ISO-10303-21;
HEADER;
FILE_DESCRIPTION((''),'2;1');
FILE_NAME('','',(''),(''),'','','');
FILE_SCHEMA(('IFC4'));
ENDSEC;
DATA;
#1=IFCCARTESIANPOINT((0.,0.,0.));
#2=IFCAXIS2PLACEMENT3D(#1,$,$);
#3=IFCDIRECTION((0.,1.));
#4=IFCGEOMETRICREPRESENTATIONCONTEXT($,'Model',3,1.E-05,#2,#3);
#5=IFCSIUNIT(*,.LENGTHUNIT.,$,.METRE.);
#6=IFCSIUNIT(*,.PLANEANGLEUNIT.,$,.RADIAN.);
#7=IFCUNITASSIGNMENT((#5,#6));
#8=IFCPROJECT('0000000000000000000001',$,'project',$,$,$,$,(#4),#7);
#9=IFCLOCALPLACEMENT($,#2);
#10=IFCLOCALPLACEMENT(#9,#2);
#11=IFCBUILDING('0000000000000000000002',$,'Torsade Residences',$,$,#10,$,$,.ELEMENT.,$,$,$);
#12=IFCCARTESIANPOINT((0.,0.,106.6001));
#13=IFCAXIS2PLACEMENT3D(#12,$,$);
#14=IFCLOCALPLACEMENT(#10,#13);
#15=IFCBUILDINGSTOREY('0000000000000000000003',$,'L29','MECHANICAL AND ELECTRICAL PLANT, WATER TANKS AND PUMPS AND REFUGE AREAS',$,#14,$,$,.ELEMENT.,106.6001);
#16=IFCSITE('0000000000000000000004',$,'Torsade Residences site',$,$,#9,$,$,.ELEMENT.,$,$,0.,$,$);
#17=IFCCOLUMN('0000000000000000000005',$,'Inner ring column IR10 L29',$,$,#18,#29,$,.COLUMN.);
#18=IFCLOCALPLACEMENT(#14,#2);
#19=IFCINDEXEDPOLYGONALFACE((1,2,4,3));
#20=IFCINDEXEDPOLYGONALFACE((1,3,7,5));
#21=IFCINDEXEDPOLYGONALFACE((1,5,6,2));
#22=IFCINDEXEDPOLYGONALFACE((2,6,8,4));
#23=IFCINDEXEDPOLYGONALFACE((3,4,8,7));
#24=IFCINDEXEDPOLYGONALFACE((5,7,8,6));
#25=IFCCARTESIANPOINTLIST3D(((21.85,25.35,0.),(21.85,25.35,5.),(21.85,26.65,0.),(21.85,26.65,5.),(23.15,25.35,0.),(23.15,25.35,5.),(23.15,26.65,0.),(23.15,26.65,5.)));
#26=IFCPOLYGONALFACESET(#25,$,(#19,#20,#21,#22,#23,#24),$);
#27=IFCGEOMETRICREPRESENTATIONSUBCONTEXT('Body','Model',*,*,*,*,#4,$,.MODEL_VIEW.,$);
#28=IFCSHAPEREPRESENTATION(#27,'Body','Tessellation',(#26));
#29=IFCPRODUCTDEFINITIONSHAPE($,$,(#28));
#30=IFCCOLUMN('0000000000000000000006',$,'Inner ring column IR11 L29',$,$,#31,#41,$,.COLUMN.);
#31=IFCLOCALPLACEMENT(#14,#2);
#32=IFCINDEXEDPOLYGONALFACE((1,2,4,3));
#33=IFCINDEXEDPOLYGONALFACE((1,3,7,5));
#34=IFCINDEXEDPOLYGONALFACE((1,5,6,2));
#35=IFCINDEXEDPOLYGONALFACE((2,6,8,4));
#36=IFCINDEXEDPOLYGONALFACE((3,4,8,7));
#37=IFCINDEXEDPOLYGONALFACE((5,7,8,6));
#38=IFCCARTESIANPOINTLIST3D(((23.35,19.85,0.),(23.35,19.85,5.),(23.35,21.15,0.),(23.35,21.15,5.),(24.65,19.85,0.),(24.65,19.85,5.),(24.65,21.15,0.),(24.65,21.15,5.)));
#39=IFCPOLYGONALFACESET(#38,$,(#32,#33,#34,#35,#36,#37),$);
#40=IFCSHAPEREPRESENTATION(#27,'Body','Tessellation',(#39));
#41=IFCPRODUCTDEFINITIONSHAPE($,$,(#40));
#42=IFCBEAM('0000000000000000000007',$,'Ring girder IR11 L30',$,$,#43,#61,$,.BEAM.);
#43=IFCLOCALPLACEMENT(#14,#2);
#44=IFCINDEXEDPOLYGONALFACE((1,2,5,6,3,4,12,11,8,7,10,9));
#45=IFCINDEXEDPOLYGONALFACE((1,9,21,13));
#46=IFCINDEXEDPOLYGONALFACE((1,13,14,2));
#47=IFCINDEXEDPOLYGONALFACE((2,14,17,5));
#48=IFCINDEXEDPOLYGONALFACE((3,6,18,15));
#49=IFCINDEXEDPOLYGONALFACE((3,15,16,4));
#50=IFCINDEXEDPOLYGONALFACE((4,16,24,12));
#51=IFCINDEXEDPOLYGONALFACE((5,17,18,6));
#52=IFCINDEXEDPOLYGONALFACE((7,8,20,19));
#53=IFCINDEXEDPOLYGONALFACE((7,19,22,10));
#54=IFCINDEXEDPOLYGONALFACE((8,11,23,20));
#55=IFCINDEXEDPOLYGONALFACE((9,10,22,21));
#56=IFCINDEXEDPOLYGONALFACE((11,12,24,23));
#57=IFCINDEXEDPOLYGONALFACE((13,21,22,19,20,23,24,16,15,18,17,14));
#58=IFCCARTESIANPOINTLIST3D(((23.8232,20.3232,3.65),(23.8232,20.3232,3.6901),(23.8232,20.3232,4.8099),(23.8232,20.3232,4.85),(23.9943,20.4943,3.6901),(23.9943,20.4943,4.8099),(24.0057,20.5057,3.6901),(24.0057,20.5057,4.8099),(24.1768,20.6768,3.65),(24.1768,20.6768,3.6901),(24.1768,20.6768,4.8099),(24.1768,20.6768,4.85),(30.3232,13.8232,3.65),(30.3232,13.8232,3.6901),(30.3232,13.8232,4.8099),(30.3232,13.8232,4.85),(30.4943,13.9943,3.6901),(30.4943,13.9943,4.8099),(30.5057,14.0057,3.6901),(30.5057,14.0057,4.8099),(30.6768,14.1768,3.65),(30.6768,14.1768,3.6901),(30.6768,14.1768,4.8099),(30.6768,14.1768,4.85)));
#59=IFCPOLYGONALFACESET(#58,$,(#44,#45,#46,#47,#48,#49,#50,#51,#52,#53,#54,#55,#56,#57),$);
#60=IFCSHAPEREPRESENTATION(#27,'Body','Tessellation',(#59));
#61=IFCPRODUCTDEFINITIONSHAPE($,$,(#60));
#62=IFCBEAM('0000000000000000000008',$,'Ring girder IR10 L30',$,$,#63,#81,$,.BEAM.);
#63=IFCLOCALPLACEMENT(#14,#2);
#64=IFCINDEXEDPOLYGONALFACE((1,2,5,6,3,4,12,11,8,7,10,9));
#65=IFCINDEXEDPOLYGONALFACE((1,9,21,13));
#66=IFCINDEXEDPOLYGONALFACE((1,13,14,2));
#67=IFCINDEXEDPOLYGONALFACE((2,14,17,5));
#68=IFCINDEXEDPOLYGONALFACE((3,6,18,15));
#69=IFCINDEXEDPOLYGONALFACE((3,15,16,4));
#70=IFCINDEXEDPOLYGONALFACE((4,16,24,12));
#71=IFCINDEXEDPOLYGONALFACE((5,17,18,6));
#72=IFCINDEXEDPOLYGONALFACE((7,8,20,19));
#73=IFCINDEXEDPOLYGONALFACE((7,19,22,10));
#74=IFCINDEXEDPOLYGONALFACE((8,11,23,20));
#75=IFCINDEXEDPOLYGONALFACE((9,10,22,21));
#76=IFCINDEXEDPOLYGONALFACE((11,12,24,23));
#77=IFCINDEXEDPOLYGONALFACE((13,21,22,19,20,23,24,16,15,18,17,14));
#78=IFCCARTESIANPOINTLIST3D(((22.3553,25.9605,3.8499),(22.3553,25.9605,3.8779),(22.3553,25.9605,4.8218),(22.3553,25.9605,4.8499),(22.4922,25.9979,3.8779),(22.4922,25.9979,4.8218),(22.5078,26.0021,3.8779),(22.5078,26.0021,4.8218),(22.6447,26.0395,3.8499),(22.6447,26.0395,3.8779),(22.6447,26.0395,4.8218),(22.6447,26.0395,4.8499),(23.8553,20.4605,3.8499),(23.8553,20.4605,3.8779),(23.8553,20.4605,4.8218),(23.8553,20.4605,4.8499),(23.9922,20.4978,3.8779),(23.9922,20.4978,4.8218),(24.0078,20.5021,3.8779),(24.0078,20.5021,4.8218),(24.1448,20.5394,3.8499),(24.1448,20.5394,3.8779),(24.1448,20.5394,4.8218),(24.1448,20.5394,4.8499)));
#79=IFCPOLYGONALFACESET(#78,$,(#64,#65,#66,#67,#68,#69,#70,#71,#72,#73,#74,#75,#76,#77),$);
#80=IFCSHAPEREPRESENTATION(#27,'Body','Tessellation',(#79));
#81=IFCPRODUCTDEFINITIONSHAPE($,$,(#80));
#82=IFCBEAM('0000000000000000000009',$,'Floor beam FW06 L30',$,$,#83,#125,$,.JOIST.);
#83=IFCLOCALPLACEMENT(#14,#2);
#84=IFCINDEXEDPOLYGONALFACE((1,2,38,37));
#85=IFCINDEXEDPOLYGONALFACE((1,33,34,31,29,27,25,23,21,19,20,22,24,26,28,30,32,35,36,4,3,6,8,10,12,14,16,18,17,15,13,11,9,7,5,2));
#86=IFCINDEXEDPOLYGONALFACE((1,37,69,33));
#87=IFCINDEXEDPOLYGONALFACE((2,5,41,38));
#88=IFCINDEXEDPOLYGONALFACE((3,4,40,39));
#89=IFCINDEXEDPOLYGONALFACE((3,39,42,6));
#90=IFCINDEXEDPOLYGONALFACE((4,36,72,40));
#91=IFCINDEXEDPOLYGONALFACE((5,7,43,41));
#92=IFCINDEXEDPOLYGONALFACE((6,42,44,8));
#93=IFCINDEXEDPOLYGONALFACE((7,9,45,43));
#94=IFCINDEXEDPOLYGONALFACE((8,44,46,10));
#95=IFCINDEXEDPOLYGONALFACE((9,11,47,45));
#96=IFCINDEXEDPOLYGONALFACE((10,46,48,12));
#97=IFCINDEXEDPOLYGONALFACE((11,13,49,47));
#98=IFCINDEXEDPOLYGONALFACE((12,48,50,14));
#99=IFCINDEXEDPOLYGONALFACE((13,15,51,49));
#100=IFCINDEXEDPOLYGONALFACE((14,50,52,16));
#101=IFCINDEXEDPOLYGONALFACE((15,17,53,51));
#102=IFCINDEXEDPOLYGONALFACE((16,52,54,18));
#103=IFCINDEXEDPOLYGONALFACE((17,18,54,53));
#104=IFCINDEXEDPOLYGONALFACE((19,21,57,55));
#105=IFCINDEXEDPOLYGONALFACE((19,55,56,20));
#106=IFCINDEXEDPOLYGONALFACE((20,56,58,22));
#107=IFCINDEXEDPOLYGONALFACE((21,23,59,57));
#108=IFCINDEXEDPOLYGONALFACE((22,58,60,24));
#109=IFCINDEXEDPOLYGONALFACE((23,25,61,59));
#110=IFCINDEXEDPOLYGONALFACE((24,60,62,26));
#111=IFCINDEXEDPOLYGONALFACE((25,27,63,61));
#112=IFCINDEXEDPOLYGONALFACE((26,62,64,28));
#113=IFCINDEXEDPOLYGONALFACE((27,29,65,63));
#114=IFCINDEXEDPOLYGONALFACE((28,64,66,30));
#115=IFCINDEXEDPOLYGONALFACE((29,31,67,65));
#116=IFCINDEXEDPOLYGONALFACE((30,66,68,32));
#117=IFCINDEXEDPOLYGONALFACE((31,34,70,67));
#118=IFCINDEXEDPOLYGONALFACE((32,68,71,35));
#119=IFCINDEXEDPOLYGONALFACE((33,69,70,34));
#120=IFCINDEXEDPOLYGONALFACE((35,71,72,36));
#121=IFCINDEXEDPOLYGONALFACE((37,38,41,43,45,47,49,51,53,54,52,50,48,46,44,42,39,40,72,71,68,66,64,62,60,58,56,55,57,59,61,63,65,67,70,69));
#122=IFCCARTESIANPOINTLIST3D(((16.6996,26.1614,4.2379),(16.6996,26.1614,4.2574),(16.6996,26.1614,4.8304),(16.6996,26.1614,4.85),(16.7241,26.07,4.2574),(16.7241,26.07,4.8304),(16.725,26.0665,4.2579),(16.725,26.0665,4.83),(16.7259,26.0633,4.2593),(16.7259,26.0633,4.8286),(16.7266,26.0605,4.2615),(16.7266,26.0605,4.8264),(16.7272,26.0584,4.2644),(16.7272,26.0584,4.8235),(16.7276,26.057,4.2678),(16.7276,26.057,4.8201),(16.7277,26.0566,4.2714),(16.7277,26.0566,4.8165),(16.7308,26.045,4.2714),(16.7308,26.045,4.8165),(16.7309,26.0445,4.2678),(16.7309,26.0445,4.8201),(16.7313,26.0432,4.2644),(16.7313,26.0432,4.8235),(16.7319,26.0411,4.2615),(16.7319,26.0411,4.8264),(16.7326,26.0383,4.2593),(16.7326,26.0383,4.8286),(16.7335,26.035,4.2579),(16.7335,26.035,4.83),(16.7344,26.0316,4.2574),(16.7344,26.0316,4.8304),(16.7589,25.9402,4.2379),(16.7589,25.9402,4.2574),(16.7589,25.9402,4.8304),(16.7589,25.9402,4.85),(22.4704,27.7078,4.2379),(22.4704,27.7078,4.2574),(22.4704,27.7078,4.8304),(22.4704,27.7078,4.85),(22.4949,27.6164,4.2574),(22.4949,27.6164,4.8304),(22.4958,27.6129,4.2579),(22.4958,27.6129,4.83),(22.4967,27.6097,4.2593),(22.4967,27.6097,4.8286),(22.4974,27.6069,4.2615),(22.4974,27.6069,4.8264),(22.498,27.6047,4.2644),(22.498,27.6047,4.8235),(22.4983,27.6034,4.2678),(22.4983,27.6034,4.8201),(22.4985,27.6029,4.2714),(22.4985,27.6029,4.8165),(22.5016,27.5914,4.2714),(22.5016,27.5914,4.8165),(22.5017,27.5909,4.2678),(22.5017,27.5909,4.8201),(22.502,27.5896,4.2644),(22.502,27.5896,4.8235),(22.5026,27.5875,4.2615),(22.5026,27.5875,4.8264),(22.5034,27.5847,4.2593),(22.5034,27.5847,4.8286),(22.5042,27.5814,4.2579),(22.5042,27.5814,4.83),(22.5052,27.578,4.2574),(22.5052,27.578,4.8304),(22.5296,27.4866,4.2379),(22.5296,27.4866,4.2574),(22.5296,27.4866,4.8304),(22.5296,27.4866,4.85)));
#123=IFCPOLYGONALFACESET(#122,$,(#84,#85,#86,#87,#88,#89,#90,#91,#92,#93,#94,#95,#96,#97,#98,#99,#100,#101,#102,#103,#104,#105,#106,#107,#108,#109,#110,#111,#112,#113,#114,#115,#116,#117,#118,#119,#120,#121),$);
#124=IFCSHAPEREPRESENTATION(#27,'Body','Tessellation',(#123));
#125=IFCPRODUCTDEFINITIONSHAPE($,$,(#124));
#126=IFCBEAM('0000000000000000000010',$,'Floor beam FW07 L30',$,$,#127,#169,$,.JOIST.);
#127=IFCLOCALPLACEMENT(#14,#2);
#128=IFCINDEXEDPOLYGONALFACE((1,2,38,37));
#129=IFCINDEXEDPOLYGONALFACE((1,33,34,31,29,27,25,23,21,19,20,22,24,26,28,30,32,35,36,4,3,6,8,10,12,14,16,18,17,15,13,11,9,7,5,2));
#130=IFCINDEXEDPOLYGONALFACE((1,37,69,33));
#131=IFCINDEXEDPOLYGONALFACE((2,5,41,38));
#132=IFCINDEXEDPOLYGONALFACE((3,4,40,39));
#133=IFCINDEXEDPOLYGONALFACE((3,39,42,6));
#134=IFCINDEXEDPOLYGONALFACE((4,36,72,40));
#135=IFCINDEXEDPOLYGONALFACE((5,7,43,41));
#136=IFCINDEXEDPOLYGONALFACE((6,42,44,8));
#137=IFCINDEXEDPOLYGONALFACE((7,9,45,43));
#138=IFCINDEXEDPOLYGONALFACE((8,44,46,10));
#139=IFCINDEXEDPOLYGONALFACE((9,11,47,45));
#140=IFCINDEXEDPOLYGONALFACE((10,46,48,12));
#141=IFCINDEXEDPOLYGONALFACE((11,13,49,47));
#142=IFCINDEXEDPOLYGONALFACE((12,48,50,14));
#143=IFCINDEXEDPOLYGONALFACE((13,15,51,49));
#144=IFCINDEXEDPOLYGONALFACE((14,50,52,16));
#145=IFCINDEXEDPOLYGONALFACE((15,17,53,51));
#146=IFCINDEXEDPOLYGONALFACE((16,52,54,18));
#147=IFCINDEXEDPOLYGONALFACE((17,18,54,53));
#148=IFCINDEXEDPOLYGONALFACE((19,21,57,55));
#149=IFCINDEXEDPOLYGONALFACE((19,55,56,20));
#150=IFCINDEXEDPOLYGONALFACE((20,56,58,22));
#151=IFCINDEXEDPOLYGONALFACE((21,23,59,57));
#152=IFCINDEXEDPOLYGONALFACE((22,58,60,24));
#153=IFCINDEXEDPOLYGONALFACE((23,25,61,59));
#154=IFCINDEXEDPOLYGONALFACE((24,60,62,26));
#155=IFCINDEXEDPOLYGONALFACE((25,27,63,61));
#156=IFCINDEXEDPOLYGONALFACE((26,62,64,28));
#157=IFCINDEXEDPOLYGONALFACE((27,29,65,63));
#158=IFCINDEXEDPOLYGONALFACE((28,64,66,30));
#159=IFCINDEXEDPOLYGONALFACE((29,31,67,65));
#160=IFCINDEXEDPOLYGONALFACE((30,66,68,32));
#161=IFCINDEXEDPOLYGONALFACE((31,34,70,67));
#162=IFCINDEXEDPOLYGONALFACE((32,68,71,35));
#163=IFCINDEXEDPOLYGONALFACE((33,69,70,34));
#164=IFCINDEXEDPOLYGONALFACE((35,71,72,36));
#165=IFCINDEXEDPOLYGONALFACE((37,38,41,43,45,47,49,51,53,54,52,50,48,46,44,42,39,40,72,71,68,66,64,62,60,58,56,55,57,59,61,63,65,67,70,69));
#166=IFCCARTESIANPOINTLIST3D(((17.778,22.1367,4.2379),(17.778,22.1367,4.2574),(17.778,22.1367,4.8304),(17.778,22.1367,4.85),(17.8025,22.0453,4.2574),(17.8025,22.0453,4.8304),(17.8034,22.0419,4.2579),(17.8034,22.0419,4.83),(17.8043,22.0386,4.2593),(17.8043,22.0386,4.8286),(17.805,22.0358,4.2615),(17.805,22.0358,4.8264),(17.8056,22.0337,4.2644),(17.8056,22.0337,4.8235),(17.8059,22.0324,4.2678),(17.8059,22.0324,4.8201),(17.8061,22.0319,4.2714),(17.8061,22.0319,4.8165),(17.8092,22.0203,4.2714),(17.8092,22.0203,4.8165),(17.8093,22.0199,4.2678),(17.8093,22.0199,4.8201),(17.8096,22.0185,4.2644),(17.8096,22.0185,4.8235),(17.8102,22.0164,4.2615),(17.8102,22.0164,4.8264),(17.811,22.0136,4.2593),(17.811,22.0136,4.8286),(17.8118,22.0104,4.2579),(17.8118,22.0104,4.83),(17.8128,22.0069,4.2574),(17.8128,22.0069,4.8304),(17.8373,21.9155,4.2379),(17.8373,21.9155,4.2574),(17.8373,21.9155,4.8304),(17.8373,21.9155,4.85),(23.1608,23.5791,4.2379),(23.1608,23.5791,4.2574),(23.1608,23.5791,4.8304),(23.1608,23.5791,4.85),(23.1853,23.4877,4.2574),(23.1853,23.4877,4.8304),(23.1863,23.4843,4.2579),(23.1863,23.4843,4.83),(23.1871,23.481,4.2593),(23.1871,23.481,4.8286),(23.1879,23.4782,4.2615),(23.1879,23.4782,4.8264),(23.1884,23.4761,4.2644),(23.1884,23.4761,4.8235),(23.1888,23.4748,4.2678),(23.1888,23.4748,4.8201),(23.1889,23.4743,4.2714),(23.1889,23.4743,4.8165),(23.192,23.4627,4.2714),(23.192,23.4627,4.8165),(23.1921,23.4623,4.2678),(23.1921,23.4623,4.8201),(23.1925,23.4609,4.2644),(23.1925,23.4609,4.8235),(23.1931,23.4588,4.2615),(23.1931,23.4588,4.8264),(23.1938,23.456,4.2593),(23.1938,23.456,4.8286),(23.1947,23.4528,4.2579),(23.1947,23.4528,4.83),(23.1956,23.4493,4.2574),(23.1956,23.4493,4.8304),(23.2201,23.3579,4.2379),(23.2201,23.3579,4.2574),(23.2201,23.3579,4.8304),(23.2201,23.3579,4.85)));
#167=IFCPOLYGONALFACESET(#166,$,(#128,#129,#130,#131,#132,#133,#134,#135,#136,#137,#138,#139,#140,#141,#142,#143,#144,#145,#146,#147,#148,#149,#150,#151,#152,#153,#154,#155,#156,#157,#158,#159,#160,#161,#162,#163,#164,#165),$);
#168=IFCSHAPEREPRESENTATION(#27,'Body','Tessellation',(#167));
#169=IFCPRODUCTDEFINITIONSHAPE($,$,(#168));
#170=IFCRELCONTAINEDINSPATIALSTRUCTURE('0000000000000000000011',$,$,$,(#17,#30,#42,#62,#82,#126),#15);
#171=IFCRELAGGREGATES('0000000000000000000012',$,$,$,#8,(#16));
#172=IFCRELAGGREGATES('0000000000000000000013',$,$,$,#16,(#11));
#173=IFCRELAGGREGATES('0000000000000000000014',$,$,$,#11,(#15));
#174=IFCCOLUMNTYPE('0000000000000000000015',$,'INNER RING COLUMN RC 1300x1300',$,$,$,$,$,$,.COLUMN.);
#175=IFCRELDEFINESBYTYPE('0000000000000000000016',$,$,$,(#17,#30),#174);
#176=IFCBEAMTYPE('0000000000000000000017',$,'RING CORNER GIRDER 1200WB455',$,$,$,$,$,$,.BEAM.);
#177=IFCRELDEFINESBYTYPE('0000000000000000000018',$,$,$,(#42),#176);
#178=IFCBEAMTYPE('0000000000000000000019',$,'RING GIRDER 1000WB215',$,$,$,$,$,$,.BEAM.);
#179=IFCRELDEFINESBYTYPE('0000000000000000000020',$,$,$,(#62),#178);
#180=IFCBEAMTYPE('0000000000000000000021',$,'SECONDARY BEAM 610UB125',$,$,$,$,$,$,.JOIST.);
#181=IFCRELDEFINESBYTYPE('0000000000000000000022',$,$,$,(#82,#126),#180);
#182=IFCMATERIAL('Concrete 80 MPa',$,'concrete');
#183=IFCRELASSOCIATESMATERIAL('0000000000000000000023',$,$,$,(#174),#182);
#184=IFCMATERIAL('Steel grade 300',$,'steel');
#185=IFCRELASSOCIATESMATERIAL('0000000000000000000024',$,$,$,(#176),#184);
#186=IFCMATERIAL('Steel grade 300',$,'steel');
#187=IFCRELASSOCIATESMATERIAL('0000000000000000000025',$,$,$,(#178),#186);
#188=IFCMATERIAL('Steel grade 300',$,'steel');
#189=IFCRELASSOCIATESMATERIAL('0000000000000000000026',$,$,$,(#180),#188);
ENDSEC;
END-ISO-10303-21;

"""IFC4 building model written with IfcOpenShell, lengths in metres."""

from ifc_helpers import new_model, si_unit, direction, frame, origin, origin_2d, place, context, subcontext, project, spatial, rectangle, i_section, extrude, material, material_profile, profile_set, type_object, element, save


model = new_model("IFC4")

# Units and contexts
model_context = context("Model", 3, precision=1e-05, world=origin(), true_north=direction((0.0, 1.0)))
body_context = subcontext(model_context, "Body", "Model", "MODEL_VIEW")
ifc_project = project(units=[si_unit("LENGTHUNIT", "METRE"), si_unit("PLANEANGLEUNIT", "RADIAN")], contexts=[model_context])

# Site, building, storey
site_placement = place(None, origin())
site = spatial("IfcSite", under=ifc_project, at=site_placement, Name="Torsade Residences site", CompositionType="ELEMENT", RefElevation=0.0)
building_placement = place(site_placement, origin())
building = spatial("IfcBuilding", under=site, at=building_placement, Name="Torsade Residences", CompositionType="ELEMENT")
storey_placement = place(building_placement, frame((0.0, 0.0, 106.6001)))
storey = spatial("IfcBuildingStorey", under=building, at=storey_placement, Name="L29", Description="MECHANICAL AND ELECTRICAL PLANT, WATER TANKS AND PUMPS AND REFUGE AREAS", CompositionType="ELEMENT", Elevation=106.6001)

# Columns
ifc_material_1 = material(Name="Concrete 80 MPa", Category="concrete")
ifc_material_profile_1 = material_profile(ifc_material_1, rectangle(XDim=1.3, YDim=1.3, at=origin_2d()), Name="RC 1300x1300")
ifc_profile_set_1 = profile_set([ifc_material_profile_1], Name="Concrete 80 MPa")
column_type = type_object("IfcColumnType", Name="INNER RING COLUMN RC 1300x1300", PredefinedType="COLUMN", material=ifc_profile_set_1)
for number, where, z_axis, x_axis, name in (
    (1, (22.5, 26.0, 0.0), (0.0, 0.0, 1.0), (1.0, 0.0, 0.0), "Inner ring column IR10 L29"),
    (2, (24.0, 20.5, 0.0), (0.0, 0.0, 1.0), (1.0, 0.0, 0.0), "Inner ring column IR11 L29"),
):
    element("IfcColumn", number, at=place(storey_placement, frame(where, z_axis=z_axis, x_axis=x_axis)), inside=storey, type_object=column_type, Name=name, PredefinedType="COLUMN", context=body_context, shape_type="SweptSolid", body=[
        extrude(rectangle(XDim=1.3, YDim=1.3, at=origin_2d()), origin(), (0.0, 0.0, 1.0), 5.0),
    ])

# Beams
ifc_material_2 = material(Name="Steel grade 300", Category="steel")
ifc_material_profile_2 = material_profile(ifc_material_2, i_section(OverallWidth=0.5, OverallDepth=1.2, WebThickness=0.0161, FlangeThickness=0.04, at=origin_2d()), Name="1200WB455")
ifc_profile_set_2 = profile_set([ifc_material_profile_2], Name="Steel grade 300")
beam_type_1 = type_object("IfcBeamType", Name="RING CORNER GIRDER 1200WB455", PredefinedType="BEAM", material=ifc_profile_set_2)
beam_1_placement = place(storey_placement, frame((24.0, 20.5, 4.25), z_axis=(0.707107, -0.707107, 0.0), x_axis=(0.707107, 0.707107, 0.0)))
element("IfcBeam", 3, at=beam_1_placement, inside=storey, type_object=beam_type_1, Name="Ring girder IR11 L30", PredefinedType="BEAM", context=body_context, shape_type="SweptSolid", body=[
    extrude(i_section(OverallWidth=0.5, OverallDepth=1.2, WebThickness=0.0161, FlangeThickness=0.04, at=origin_2d()), origin(), (0.0, 0.0, 1.0), 9.1924),
])
ifc_material_3 = material(Name="Steel grade 300", Category="steel")
ifc_material_profile_3 = material_profile(ifc_material_3, i_section(OverallWidth=0.3, OverallDepth=1.0, WebThickness=0.0161, FlangeThickness=0.0281, at=origin_2d()), Name="1000WB215")
ifc_profile_set_3 = profile_set([ifc_material_profile_3], Name="Steel grade 300")
beam_type_2 = type_object("IfcBeamType", Name="RING GIRDER 1000WB215", PredefinedType="BEAM", material=ifc_profile_set_3)
beam_2_placement = place(storey_placement, frame((22.5, 26.0, 4.3499), z_axis=(0.263117, -0.964764, 0.0), x_axis=(0.964764, 0.263117, 0.0)))
element("IfcBeam", 4, at=beam_2_placement, inside=storey, type_object=beam_type_2, Name="Ring girder IR10 L30", PredefinedType="BEAM", context=body_context, shape_type="SweptSolid", body=[
    extrude(i_section(OverallWidth=0.3, OverallDepth=1.0, WebThickness=0.0161, FlangeThickness=0.0281, at=origin_2d()), origin(), (0.0, 0.0, 1.0), 5.7009),
])
ifc_material_4 = material(Name="Steel grade 300", Category="steel")
ifc_material_profile_4 = material_profile(ifc_material_4, i_section(OverallWidth=0.229, OverallDepth=0.6121, WebThickness=0.012, FlangeThickness=0.0195, FilletRadius=0.0139, at=origin_2d()), Name="610UB125")
ifc_profile_set_4 = profile_set([ifc_material_profile_4], Name="Steel grade 300")
beam_type_3 = type_object("IfcBeamType", Name="SECONDARY BEAM 610UB125", PredefinedType="JOIST", material=ifc_profile_set_4)
beam_3_placement = place(storey_placement, frame((16.7292, 26.0508, 4.5439), z_axis=(0.965921, 0.258838, 0.0), x_axis=(-0.258838, 0.965921, 0.0)))
element("IfcBeam", 5, at=beam_3_placement, inside=storey, type_object=beam_type_3, Name="Floor beam FW06 L30", PredefinedType="JOIST", context=body_context, shape_type="SweptSolid", body=[
    extrude(i_section(OverallWidth=0.229, OverallDepth=0.6121, WebThickness=0.012, FlangeThickness=0.0195, FilletRadius=0.0139, at=origin_2d()), origin(), (0.0, 0.0, 1.0), 5.9744),
])
beam_4_placement = place(storey_placement, frame((17.8076, 22.0261, 4.5439), z_axis=(0.965923, 0.25883, 0.0), x_axis=(-0.25883, 0.965923, 0.0)))
element("IfcBeam", 6, at=beam_4_placement, inside=storey, type_object=beam_type_3, Name="Floor beam FW07 L30", PredefinedType="JOIST", context=body_context, shape_type="SweptSolid", body=[
    extrude(i_section(OverallWidth=0.229, OverallDepth=0.6121, WebThickness=0.012, FlangeThickness=0.0195, FilletRadius=0.0139, at=origin_2d()), origin(), (0.0, 0.0, 1.0), 5.5728),
])

save(model, "model.ifc")
